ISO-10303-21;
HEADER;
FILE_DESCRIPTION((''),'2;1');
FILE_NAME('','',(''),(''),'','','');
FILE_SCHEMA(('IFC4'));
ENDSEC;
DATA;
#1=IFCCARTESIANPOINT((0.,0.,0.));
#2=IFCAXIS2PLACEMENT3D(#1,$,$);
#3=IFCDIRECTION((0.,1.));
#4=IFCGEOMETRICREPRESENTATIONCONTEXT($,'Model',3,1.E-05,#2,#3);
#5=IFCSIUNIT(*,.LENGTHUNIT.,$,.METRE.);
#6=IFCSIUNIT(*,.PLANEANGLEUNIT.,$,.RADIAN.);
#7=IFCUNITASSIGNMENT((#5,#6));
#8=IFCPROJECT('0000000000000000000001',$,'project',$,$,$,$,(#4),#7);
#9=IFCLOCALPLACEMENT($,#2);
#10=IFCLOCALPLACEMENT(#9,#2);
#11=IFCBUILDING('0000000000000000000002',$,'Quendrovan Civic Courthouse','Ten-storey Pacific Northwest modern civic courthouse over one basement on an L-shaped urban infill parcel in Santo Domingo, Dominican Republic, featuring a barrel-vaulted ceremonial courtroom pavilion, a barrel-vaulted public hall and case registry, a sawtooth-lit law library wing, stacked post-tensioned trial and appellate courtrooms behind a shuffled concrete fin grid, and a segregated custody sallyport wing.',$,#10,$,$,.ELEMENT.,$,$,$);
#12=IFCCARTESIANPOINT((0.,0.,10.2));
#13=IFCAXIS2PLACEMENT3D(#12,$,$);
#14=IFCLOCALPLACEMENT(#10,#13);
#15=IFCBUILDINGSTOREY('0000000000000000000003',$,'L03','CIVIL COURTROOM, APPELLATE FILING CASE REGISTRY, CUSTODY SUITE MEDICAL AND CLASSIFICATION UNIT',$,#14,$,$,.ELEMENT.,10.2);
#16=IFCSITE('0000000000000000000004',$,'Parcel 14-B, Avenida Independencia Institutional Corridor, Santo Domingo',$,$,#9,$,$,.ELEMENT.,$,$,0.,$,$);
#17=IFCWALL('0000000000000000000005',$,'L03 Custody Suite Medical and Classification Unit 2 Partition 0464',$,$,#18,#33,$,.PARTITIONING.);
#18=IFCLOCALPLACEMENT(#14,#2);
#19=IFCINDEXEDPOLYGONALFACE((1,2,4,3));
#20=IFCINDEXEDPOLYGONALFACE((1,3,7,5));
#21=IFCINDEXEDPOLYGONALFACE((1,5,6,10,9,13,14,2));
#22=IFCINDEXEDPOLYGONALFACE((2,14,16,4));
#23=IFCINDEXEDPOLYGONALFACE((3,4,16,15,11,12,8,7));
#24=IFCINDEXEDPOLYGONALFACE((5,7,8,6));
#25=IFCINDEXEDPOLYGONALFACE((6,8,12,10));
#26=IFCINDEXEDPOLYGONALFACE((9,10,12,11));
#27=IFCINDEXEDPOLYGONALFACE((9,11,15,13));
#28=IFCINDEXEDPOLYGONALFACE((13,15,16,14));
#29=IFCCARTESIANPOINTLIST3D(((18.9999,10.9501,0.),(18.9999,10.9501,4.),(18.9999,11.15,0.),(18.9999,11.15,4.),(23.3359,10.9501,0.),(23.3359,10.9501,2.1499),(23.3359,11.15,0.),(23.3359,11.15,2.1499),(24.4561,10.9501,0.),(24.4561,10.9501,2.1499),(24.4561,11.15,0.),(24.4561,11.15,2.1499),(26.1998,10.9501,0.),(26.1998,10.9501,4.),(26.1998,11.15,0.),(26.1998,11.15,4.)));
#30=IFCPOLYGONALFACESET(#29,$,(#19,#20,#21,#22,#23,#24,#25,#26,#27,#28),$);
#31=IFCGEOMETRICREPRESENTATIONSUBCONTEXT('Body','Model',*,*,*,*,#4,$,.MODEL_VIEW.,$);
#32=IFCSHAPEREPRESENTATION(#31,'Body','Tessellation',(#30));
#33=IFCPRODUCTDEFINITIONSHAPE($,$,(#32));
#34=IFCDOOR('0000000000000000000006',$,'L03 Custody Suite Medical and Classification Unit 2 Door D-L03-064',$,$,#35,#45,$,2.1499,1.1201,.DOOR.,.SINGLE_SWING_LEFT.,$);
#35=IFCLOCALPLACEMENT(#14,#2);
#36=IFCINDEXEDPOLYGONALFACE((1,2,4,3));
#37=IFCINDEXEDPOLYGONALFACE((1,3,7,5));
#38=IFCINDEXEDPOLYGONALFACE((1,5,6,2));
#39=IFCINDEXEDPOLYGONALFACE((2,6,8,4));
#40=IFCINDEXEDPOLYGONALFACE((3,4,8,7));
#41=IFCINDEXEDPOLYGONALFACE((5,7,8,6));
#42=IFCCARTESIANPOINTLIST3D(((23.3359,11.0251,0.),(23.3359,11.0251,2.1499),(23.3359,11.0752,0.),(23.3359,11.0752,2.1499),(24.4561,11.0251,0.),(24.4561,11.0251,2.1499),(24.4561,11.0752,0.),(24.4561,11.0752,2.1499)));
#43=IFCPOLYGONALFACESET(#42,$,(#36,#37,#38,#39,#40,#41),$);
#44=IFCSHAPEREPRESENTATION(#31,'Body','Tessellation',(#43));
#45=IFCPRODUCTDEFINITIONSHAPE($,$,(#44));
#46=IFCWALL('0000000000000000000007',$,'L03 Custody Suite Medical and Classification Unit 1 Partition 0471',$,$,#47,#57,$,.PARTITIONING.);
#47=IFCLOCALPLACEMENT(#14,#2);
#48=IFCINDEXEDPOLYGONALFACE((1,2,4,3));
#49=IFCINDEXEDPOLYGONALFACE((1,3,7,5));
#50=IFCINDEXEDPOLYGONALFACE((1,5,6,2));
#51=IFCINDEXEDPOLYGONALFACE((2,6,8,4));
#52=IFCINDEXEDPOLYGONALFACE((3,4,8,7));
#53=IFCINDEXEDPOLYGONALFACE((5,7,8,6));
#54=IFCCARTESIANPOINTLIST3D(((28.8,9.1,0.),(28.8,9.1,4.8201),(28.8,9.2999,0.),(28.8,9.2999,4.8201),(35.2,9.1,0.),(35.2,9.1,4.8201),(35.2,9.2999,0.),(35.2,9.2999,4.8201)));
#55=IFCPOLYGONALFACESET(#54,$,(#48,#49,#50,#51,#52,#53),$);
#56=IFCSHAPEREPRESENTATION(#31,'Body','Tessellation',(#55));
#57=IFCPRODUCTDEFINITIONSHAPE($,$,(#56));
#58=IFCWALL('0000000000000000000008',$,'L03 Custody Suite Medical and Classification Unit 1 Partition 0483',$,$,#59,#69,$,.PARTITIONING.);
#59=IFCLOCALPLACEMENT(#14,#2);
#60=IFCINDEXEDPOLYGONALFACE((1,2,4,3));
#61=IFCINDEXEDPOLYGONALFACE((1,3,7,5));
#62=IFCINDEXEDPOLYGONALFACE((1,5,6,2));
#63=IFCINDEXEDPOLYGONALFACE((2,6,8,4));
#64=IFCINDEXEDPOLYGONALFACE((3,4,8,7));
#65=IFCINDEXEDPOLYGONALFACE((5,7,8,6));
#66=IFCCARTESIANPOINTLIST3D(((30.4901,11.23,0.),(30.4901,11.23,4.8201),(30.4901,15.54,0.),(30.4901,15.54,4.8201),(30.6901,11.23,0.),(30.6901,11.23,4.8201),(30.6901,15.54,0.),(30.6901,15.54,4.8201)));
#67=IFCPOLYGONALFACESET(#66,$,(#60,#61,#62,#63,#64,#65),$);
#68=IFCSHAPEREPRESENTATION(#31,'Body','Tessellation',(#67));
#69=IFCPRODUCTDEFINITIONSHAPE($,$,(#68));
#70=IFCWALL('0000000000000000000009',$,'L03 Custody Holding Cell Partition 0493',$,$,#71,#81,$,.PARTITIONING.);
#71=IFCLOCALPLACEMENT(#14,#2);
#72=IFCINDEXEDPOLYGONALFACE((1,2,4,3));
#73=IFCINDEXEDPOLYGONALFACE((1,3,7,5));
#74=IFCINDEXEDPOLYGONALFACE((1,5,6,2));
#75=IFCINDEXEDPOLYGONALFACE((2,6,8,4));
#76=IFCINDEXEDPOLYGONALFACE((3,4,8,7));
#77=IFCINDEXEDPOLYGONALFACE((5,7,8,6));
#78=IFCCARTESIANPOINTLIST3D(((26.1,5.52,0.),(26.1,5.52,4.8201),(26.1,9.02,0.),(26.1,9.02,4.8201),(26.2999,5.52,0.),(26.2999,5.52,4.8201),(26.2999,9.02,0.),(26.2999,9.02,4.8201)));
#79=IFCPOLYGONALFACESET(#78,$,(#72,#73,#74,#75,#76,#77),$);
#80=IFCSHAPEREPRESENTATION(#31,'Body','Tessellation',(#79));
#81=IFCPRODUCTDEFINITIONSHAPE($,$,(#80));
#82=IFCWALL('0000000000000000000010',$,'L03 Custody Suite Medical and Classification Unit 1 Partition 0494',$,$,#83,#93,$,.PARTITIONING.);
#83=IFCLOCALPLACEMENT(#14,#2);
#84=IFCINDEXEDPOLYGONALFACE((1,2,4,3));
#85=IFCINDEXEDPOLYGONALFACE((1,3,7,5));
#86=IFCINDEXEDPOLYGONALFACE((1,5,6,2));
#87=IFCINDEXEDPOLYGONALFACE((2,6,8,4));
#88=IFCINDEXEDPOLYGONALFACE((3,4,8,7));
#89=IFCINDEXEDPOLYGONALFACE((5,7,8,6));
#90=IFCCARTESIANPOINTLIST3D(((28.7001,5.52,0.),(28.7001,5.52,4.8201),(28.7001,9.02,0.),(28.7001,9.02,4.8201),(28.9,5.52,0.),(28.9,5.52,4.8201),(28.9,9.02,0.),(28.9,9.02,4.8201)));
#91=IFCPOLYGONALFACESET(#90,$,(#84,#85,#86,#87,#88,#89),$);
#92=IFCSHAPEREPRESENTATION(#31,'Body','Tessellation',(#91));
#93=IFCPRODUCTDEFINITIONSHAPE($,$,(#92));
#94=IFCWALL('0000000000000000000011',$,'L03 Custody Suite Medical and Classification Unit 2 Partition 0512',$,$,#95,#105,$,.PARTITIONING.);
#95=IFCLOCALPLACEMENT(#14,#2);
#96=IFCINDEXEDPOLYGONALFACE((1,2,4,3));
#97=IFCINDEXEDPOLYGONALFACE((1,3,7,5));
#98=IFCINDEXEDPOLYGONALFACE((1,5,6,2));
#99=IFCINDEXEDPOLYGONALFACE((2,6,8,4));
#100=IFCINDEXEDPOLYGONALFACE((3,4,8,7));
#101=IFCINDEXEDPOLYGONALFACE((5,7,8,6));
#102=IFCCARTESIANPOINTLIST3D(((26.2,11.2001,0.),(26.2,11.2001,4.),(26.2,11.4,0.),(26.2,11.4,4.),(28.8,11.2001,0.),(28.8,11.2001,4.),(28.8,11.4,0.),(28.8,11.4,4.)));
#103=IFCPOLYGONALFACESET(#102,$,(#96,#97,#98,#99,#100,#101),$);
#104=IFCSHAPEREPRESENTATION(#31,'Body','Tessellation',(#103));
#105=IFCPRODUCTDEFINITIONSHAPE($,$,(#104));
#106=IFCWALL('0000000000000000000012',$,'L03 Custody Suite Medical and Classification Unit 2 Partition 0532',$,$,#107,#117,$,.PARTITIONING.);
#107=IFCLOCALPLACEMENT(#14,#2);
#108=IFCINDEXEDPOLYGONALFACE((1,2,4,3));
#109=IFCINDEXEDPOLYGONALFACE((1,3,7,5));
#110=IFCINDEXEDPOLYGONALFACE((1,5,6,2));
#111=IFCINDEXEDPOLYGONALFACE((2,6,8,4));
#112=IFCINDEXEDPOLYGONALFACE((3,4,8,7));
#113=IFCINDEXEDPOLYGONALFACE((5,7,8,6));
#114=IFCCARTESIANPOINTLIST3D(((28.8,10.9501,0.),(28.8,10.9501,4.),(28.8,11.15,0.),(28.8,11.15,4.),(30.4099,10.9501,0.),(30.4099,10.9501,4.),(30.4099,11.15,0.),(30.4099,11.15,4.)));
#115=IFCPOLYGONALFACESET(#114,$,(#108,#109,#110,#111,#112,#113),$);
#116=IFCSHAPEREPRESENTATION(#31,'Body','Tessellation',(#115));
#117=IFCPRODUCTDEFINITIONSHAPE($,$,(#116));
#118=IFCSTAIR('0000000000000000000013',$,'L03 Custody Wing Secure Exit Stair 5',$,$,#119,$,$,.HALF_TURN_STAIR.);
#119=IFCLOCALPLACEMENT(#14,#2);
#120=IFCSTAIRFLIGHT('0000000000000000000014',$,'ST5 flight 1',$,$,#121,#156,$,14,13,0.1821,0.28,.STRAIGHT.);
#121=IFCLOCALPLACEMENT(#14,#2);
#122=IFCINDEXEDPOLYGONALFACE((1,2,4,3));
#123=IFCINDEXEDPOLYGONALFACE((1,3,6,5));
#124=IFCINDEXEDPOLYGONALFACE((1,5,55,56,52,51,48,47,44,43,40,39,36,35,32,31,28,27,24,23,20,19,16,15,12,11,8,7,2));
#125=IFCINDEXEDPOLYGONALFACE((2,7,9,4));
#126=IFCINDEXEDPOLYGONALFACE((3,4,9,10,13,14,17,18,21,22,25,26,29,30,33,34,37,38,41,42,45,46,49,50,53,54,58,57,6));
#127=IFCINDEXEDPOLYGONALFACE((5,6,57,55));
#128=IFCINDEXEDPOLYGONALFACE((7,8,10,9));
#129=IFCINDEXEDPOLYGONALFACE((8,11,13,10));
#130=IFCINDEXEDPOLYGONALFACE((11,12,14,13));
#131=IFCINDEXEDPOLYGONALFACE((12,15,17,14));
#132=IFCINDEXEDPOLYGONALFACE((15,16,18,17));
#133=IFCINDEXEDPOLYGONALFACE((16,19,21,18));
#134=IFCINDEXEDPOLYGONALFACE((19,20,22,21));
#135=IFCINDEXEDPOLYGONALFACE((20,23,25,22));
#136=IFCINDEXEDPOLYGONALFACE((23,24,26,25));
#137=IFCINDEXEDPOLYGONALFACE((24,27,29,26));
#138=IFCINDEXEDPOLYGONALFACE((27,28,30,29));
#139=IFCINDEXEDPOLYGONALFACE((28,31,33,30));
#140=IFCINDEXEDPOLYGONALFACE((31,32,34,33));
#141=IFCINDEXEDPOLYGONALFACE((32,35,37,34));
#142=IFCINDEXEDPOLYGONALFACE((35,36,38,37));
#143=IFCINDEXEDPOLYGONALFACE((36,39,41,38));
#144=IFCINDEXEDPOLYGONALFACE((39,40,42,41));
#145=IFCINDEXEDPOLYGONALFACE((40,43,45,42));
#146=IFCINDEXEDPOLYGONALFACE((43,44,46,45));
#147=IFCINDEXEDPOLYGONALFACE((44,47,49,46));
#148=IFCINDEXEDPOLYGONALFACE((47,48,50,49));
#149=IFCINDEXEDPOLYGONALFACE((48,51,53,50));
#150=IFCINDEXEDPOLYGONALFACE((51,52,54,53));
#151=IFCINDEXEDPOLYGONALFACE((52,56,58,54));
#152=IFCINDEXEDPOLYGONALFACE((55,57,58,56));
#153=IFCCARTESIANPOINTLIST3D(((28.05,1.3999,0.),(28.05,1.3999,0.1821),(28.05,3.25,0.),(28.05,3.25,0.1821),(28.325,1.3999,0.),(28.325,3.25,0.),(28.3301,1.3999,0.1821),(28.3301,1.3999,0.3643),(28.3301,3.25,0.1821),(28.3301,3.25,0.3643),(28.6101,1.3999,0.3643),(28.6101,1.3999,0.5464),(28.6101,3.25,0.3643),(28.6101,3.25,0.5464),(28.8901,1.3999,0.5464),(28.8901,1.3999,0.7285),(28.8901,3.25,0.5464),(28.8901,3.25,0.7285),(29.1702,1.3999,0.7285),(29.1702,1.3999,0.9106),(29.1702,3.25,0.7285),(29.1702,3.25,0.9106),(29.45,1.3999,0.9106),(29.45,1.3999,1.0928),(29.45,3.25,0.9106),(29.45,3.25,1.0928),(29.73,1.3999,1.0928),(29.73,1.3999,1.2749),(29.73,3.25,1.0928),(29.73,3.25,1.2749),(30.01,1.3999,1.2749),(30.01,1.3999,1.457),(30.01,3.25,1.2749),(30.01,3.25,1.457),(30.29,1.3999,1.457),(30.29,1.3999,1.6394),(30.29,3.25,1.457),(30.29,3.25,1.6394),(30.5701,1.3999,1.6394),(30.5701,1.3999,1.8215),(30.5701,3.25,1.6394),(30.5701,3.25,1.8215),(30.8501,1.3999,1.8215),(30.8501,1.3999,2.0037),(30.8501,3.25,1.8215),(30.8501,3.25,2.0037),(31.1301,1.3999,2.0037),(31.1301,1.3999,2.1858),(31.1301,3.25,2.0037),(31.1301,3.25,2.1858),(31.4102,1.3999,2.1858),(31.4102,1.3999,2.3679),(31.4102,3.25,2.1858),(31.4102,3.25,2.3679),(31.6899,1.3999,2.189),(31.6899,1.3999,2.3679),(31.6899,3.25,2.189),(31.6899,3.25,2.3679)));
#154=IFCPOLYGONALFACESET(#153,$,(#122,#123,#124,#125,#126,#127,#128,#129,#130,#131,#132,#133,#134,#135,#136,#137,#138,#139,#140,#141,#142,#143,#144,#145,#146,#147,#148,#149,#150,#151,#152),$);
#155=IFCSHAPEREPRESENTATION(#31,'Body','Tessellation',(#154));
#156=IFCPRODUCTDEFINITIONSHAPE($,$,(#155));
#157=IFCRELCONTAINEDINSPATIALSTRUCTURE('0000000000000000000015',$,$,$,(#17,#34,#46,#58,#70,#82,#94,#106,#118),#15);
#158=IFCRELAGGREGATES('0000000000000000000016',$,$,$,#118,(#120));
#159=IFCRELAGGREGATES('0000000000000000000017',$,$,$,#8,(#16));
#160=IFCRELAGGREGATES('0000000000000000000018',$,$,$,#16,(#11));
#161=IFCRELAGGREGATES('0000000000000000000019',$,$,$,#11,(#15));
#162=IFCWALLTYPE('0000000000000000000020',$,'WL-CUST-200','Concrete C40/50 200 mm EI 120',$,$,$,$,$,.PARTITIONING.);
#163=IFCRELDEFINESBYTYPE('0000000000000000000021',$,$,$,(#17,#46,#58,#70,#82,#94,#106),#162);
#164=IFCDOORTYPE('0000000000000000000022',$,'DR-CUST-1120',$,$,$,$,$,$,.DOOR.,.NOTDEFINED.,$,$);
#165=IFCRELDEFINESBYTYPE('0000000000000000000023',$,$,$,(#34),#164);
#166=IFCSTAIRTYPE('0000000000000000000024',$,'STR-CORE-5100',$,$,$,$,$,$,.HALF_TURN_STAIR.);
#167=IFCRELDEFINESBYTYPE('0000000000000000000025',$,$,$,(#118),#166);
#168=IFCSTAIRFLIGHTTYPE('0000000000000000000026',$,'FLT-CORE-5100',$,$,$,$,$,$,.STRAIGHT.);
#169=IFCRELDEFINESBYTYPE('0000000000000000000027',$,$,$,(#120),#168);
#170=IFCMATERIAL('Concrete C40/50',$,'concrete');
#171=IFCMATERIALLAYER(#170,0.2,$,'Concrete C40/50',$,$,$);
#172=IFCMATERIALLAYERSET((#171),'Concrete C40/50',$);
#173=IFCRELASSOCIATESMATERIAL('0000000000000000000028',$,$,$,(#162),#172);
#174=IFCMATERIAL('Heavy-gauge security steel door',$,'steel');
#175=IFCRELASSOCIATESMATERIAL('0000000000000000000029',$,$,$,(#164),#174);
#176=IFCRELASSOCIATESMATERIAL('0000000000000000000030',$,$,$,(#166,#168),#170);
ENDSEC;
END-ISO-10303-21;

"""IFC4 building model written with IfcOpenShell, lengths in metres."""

from ifc_helpers import new_model, si_unit, direction, frame, frame_2d, origin, place, context, subcontext, project, spatial, polyline, rectangle, outline, extrude, material, layer, layer_set, type_object, element, fill, aggregate, save


model = new_model("IFC4")

# Units and contexts
model_context = context("Model", 3, precision=1e-05, world=origin(), true_north=direction((0.0, 1.0)))
body_context = subcontext(model_context, "Body", "Model", "MODEL_VIEW")
ifc_project = project(units=[si_unit("LENGTHUNIT", "METRE"), si_unit("PLANEANGLEUNIT", "RADIAN")], contexts=[model_context])

# Site, building, storey
site_placement = place(None, origin())
site = spatial("IfcSite", under=ifc_project, at=site_placement, Name="Parcel 14-B, Avenida Independencia Institutional Corridor, Santo Domingo", CompositionType="ELEMENT", RefElevation=0.0)
building_placement = place(site_placement, origin())
building = spatial("IfcBuilding", under=site, at=building_placement, Name="Quendrovan Civic Courthouse", Description="Ten-storey Pacific Northwest modern civic courthouse over one basement on an L-shaped urban infill parcel in Santo Domingo, Dominican Republic, featuring a barrel-vaulted ceremonial courtroom pavilion, a barrel-vaulted public hall and case registry, a sawtooth-lit law library wing, stacked post-tensioned trial and appellate courtrooms behind a shuffled concrete fin grid, and a segregated custody sallyport wing.", CompositionType="ELEMENT")
storey_placement = place(building_placement, frame((0.0, 0.0, 10.2)))
storey = spatial("IfcBuildingStorey", under=building, at=storey_placement, Name="L03", Description="CIVIL COURTROOM, APPELLATE FILING CASE REGISTRY, CUSTODY SUITE MEDICAL AND CLASSIFICATION UNIT", CompositionType="ELEMENT", Elevation=10.2)

# Shared definitions
ifc_material_1 = material(Name="Concrete C40/50", Category="concrete")

# Wall, opening, door
ifc_layer_1 = layer(ifc_material_1, 0.2, Name="Concrete C40/50")
ifc_layer_set_1 = layer_set([ifc_layer_1], Name="Concrete C40/50")
wall_type_1 = type_object("IfcWallType", Name="WL-CUST-200", Description="Concrete C40/50 200 mm EI 120", PredefinedType="PARTITIONING", material=ifc_layer_set_1)
wall_1_placement = place(storey_placement, frame((26.2, 11.05, 0.0), z_axis=(0.0, 0.0, 1.0), x_axis=(-1.0, 0.0, 0.0)))
wall_1 = element("IfcWall", 1, at=wall_1_placement, inside=storey, type_object=wall_type_1, Name="L03 Custody Suite Medical and Classification Unit 2 Partition 0464", PredefinedType="PARTITIONING", context=body_context, shape_type="SweptSolid", body=[
    extrude(rectangle(XDim=7.2, YDim=0.2, at=frame_2d((3.6001, 0.0))), origin(), (0.0, 0.0, 1.0), 4.0),
])
opening_placement = place(wall_1_placement, frame((1.7439, 0.0, 0.0)))
opening = element("IfcOpeningElement", 2, at=opening_placement, cuts=wall_1, PredefinedType="OPENING", context=body_context, shape_type="SweptSolid", body=[
    extrude(rectangle(XDim=1.1201, YDim=2.1499, at=frame_2d((0.5601, 1.075))), frame((0.0, 0.1099, 0.0), z_axis=(0.0, -1.0, 0.0), x_axis=(1.0, 0.0, 0.0)), (0.0, 0.0, 1.0), 0.22),
])
ifc_material_2 = material(Name="Heavy-gauge security steel door", Category="steel")
door_type = type_object("IfcDoorType", Name="DR-CUST-1120", OperationType="NOTDEFINED", PredefinedType="DOOR", material=ifc_material_2)
door_placement = place(opening_placement, origin())
door = element("IfcDoor", 3, at=door_placement, inside=storey, type_object=door_type, Name="L03 Custody Suite Medical and Classification Unit 2 Door D-L03-064", OperationType="SINGLE_SWING_LEFT", OverallHeight=2.1499, OverallWidth=1.1201, PredefinedType="DOOR", context=body_context, shape_type="SweptSolid", body=[
    extrude(rectangle(XDim=1.1201, YDim=2.1499, at=frame_2d((0.5601, 1.075))), frame((0.0, 0.0249, 0.0), z_axis=(0.0, -1.0, 0.0), x_axis=(1.0, 0.0, 0.0)), (0.0, 0.0, 1.0), 0.05),
])
fill(opening, door)

# Walls
wall_2_placement = place(storey_placement, frame((28.8, 9.2, 0.0), z_axis=(0.0, 0.0, 1.0), x_axis=(1.0, 0.0, 0.0)))
element("IfcWall", 4, at=wall_2_placement, inside=storey, type_object=wall_type_1, Name="L03 Custody Suite Medical and Classification Unit 1 Partition 0471", PredefinedType="PARTITIONING", context=body_context, shape_type="SweptSolid", body=[
    extrude(rectangle(XDim=6.3999, YDim=0.2, at=frame_2d((3.2, 0.0))), origin(), (0.0, 0.0, 1.0), 4.8201),
])
wall_3_placement = place(storey_placement, frame((30.5901, 11.23, 0.0), z_axis=(0.0, 0.0, 1.0), x_axis=(0.0, 1.0, 0.0)))
element("IfcWall", 5, at=wall_3_placement, inside=storey, type_object=wall_type_1, Name="L03 Custody Suite Medical and Classification Unit 1 Partition 0483", PredefinedType="PARTITIONING", context=body_context, shape_type="SweptSolid", body=[
    extrude(rectangle(XDim=4.3101, YDim=0.2, at=frame_2d((2.155, 0.0))), origin(), (0.0, 0.0, 1.0), 4.8201),
])
for number, where, z_axis, x_axis, name in (
    (6, (26.2, 9.02, 0.0), (0.0, 0.0, 1.0), (0.0, -1.0, 0.0), "L03 Custody Holding Cell Partition 0493"),
    (7, (28.8, 5.52, 0.0), (0.0, 0.0, 1.0), (0.0, 1.0, 0.0), "L03 Custody Suite Medical and Classification Unit 1 Partition 0494"),
):
    element("IfcWall", number, at=place(storey_placement, frame(where, z_axis=z_axis, x_axis=x_axis)), inside=storey, type_object=wall_type_1, Name=name, PredefinedType="PARTITIONING", context=body_context, shape_type="SweptSolid", body=[
        extrude(rectangle(XDim=3.5, YDim=0.2, at=frame_2d((1.75, 0.0))), origin(), (0.0, 0.0, 1.0), 4.8201),
    ])
wall_4_placement = place(storey_placement, frame((28.8, 11.3, 0.0), z_axis=(0.0, 0.0, 1.0), x_axis=(-1.0, 0.0, 0.0)))
element("IfcWall", 8, at=wall_4_placement, inside=storey, type_object=wall_type_1, Name="L03 Custody Suite Medical and Classification Unit 2 Partition 0512", PredefinedType="PARTITIONING", context=body_context, shape_type="SweptSolid", body=[
    extrude(rectangle(XDim=2.6001, YDim=0.2, at=frame_2d((1.3, 0.0))), origin(), (0.0, 0.0, 1.0), 4.0),
])
wall_5_placement = place(storey_placement, frame((30.4099, 11.05, 0.0), z_axis=(0.0, 0.0, 1.0), x_axis=(-1.0, 0.0, 0.0)))
element("IfcWall", 9, at=wall_5_placement, inside=storey, type_object=wall_type_1, Name="L03 Custody Suite Medical and Classification Unit 2 Partition 0532", PredefinedType="PARTITIONING", context=body_context, shape_type="SweptSolid", body=[
    extrude(rectangle(XDim=1.6099, YDim=0.2, at=frame_2d((0.8049, 0.0))), origin(), (0.0, 0.0, 1.0), 4.0),
])

# Stair, stair flight
stair_type = type_object("IfcStairType", Name="STR-CORE-5100", PredefinedType="HALF_TURN_STAIR", material=ifc_material_1)
stair_placement = place(storey_placement, origin())
stair = element("IfcStair", 10, at=stair_placement, inside=storey, type_object=stair_type, Name="L03 Custody Wing Secure Exit Stair 5", PredefinedType="HALF_TURN_STAIR")
stair_flight_type = type_object("IfcStairFlightType", Name="FLT-CORE-5100", PredefinedType="STRAIGHT", material=ifc_material_1)
stair_flight_1_placement = place(storey_placement, frame((28.05, 2.325, 0.0), z_axis=(0.0, 0.0, 1.0), x_axis=(1.0, 0.0, 0.0)))
stair_flight_1 = element("IfcStairFlight", 11, at=stair_flight_1_placement, type_object=stair_flight_type, Name="ST5 flight 1", NumberOfRisers=14, NumberOfTreads=13, PredefinedType="STRAIGHT", RiserHeight=0.1821, TreadLength=0.28, context=body_context, shape_type="SweptSolid", body=[
    extrude(outline(polyline([(0.0, 0.0), (0.0, 0.1821), (0.28, 0.1821), (0.28, 0.3643), (0.5601, 0.3643), (0.5601, 0.5464), (0.8401, 0.5464), (0.8401, 0.7285), (1.1201, 0.7285), (1.1201, 0.9106), (1.3999, 0.9106), (1.3999, 1.0928), (1.6799, 1.0928), (1.6799, 1.2749), (1.96, 1.2749), (1.96, 1.457), (2.24, 1.457), (2.24, 1.6394), (2.52, 1.6394), (2.52, 1.8215), (2.8, 1.8215), (2.8, 2.0037), (3.0801, 2.0037), (3.0801, 2.1858), (3.3601, 2.1858), (3.3601, 2.3679), (3.6399, 2.3679), (3.6399, 2.55), (3.6399, 2.189), (0.2749, 0.0), (0.0, 0.0)])), frame((0.0, 0.925, 0.0), z_axis=(0.0, -1.0, 0.0), x_axis=(1.0, 0.0, 0.0)), (0.0, 0.0, 1.0), 1.8501),
])
aggregate(stair, [stair_flight_1])

save(model, "model.ifc")
